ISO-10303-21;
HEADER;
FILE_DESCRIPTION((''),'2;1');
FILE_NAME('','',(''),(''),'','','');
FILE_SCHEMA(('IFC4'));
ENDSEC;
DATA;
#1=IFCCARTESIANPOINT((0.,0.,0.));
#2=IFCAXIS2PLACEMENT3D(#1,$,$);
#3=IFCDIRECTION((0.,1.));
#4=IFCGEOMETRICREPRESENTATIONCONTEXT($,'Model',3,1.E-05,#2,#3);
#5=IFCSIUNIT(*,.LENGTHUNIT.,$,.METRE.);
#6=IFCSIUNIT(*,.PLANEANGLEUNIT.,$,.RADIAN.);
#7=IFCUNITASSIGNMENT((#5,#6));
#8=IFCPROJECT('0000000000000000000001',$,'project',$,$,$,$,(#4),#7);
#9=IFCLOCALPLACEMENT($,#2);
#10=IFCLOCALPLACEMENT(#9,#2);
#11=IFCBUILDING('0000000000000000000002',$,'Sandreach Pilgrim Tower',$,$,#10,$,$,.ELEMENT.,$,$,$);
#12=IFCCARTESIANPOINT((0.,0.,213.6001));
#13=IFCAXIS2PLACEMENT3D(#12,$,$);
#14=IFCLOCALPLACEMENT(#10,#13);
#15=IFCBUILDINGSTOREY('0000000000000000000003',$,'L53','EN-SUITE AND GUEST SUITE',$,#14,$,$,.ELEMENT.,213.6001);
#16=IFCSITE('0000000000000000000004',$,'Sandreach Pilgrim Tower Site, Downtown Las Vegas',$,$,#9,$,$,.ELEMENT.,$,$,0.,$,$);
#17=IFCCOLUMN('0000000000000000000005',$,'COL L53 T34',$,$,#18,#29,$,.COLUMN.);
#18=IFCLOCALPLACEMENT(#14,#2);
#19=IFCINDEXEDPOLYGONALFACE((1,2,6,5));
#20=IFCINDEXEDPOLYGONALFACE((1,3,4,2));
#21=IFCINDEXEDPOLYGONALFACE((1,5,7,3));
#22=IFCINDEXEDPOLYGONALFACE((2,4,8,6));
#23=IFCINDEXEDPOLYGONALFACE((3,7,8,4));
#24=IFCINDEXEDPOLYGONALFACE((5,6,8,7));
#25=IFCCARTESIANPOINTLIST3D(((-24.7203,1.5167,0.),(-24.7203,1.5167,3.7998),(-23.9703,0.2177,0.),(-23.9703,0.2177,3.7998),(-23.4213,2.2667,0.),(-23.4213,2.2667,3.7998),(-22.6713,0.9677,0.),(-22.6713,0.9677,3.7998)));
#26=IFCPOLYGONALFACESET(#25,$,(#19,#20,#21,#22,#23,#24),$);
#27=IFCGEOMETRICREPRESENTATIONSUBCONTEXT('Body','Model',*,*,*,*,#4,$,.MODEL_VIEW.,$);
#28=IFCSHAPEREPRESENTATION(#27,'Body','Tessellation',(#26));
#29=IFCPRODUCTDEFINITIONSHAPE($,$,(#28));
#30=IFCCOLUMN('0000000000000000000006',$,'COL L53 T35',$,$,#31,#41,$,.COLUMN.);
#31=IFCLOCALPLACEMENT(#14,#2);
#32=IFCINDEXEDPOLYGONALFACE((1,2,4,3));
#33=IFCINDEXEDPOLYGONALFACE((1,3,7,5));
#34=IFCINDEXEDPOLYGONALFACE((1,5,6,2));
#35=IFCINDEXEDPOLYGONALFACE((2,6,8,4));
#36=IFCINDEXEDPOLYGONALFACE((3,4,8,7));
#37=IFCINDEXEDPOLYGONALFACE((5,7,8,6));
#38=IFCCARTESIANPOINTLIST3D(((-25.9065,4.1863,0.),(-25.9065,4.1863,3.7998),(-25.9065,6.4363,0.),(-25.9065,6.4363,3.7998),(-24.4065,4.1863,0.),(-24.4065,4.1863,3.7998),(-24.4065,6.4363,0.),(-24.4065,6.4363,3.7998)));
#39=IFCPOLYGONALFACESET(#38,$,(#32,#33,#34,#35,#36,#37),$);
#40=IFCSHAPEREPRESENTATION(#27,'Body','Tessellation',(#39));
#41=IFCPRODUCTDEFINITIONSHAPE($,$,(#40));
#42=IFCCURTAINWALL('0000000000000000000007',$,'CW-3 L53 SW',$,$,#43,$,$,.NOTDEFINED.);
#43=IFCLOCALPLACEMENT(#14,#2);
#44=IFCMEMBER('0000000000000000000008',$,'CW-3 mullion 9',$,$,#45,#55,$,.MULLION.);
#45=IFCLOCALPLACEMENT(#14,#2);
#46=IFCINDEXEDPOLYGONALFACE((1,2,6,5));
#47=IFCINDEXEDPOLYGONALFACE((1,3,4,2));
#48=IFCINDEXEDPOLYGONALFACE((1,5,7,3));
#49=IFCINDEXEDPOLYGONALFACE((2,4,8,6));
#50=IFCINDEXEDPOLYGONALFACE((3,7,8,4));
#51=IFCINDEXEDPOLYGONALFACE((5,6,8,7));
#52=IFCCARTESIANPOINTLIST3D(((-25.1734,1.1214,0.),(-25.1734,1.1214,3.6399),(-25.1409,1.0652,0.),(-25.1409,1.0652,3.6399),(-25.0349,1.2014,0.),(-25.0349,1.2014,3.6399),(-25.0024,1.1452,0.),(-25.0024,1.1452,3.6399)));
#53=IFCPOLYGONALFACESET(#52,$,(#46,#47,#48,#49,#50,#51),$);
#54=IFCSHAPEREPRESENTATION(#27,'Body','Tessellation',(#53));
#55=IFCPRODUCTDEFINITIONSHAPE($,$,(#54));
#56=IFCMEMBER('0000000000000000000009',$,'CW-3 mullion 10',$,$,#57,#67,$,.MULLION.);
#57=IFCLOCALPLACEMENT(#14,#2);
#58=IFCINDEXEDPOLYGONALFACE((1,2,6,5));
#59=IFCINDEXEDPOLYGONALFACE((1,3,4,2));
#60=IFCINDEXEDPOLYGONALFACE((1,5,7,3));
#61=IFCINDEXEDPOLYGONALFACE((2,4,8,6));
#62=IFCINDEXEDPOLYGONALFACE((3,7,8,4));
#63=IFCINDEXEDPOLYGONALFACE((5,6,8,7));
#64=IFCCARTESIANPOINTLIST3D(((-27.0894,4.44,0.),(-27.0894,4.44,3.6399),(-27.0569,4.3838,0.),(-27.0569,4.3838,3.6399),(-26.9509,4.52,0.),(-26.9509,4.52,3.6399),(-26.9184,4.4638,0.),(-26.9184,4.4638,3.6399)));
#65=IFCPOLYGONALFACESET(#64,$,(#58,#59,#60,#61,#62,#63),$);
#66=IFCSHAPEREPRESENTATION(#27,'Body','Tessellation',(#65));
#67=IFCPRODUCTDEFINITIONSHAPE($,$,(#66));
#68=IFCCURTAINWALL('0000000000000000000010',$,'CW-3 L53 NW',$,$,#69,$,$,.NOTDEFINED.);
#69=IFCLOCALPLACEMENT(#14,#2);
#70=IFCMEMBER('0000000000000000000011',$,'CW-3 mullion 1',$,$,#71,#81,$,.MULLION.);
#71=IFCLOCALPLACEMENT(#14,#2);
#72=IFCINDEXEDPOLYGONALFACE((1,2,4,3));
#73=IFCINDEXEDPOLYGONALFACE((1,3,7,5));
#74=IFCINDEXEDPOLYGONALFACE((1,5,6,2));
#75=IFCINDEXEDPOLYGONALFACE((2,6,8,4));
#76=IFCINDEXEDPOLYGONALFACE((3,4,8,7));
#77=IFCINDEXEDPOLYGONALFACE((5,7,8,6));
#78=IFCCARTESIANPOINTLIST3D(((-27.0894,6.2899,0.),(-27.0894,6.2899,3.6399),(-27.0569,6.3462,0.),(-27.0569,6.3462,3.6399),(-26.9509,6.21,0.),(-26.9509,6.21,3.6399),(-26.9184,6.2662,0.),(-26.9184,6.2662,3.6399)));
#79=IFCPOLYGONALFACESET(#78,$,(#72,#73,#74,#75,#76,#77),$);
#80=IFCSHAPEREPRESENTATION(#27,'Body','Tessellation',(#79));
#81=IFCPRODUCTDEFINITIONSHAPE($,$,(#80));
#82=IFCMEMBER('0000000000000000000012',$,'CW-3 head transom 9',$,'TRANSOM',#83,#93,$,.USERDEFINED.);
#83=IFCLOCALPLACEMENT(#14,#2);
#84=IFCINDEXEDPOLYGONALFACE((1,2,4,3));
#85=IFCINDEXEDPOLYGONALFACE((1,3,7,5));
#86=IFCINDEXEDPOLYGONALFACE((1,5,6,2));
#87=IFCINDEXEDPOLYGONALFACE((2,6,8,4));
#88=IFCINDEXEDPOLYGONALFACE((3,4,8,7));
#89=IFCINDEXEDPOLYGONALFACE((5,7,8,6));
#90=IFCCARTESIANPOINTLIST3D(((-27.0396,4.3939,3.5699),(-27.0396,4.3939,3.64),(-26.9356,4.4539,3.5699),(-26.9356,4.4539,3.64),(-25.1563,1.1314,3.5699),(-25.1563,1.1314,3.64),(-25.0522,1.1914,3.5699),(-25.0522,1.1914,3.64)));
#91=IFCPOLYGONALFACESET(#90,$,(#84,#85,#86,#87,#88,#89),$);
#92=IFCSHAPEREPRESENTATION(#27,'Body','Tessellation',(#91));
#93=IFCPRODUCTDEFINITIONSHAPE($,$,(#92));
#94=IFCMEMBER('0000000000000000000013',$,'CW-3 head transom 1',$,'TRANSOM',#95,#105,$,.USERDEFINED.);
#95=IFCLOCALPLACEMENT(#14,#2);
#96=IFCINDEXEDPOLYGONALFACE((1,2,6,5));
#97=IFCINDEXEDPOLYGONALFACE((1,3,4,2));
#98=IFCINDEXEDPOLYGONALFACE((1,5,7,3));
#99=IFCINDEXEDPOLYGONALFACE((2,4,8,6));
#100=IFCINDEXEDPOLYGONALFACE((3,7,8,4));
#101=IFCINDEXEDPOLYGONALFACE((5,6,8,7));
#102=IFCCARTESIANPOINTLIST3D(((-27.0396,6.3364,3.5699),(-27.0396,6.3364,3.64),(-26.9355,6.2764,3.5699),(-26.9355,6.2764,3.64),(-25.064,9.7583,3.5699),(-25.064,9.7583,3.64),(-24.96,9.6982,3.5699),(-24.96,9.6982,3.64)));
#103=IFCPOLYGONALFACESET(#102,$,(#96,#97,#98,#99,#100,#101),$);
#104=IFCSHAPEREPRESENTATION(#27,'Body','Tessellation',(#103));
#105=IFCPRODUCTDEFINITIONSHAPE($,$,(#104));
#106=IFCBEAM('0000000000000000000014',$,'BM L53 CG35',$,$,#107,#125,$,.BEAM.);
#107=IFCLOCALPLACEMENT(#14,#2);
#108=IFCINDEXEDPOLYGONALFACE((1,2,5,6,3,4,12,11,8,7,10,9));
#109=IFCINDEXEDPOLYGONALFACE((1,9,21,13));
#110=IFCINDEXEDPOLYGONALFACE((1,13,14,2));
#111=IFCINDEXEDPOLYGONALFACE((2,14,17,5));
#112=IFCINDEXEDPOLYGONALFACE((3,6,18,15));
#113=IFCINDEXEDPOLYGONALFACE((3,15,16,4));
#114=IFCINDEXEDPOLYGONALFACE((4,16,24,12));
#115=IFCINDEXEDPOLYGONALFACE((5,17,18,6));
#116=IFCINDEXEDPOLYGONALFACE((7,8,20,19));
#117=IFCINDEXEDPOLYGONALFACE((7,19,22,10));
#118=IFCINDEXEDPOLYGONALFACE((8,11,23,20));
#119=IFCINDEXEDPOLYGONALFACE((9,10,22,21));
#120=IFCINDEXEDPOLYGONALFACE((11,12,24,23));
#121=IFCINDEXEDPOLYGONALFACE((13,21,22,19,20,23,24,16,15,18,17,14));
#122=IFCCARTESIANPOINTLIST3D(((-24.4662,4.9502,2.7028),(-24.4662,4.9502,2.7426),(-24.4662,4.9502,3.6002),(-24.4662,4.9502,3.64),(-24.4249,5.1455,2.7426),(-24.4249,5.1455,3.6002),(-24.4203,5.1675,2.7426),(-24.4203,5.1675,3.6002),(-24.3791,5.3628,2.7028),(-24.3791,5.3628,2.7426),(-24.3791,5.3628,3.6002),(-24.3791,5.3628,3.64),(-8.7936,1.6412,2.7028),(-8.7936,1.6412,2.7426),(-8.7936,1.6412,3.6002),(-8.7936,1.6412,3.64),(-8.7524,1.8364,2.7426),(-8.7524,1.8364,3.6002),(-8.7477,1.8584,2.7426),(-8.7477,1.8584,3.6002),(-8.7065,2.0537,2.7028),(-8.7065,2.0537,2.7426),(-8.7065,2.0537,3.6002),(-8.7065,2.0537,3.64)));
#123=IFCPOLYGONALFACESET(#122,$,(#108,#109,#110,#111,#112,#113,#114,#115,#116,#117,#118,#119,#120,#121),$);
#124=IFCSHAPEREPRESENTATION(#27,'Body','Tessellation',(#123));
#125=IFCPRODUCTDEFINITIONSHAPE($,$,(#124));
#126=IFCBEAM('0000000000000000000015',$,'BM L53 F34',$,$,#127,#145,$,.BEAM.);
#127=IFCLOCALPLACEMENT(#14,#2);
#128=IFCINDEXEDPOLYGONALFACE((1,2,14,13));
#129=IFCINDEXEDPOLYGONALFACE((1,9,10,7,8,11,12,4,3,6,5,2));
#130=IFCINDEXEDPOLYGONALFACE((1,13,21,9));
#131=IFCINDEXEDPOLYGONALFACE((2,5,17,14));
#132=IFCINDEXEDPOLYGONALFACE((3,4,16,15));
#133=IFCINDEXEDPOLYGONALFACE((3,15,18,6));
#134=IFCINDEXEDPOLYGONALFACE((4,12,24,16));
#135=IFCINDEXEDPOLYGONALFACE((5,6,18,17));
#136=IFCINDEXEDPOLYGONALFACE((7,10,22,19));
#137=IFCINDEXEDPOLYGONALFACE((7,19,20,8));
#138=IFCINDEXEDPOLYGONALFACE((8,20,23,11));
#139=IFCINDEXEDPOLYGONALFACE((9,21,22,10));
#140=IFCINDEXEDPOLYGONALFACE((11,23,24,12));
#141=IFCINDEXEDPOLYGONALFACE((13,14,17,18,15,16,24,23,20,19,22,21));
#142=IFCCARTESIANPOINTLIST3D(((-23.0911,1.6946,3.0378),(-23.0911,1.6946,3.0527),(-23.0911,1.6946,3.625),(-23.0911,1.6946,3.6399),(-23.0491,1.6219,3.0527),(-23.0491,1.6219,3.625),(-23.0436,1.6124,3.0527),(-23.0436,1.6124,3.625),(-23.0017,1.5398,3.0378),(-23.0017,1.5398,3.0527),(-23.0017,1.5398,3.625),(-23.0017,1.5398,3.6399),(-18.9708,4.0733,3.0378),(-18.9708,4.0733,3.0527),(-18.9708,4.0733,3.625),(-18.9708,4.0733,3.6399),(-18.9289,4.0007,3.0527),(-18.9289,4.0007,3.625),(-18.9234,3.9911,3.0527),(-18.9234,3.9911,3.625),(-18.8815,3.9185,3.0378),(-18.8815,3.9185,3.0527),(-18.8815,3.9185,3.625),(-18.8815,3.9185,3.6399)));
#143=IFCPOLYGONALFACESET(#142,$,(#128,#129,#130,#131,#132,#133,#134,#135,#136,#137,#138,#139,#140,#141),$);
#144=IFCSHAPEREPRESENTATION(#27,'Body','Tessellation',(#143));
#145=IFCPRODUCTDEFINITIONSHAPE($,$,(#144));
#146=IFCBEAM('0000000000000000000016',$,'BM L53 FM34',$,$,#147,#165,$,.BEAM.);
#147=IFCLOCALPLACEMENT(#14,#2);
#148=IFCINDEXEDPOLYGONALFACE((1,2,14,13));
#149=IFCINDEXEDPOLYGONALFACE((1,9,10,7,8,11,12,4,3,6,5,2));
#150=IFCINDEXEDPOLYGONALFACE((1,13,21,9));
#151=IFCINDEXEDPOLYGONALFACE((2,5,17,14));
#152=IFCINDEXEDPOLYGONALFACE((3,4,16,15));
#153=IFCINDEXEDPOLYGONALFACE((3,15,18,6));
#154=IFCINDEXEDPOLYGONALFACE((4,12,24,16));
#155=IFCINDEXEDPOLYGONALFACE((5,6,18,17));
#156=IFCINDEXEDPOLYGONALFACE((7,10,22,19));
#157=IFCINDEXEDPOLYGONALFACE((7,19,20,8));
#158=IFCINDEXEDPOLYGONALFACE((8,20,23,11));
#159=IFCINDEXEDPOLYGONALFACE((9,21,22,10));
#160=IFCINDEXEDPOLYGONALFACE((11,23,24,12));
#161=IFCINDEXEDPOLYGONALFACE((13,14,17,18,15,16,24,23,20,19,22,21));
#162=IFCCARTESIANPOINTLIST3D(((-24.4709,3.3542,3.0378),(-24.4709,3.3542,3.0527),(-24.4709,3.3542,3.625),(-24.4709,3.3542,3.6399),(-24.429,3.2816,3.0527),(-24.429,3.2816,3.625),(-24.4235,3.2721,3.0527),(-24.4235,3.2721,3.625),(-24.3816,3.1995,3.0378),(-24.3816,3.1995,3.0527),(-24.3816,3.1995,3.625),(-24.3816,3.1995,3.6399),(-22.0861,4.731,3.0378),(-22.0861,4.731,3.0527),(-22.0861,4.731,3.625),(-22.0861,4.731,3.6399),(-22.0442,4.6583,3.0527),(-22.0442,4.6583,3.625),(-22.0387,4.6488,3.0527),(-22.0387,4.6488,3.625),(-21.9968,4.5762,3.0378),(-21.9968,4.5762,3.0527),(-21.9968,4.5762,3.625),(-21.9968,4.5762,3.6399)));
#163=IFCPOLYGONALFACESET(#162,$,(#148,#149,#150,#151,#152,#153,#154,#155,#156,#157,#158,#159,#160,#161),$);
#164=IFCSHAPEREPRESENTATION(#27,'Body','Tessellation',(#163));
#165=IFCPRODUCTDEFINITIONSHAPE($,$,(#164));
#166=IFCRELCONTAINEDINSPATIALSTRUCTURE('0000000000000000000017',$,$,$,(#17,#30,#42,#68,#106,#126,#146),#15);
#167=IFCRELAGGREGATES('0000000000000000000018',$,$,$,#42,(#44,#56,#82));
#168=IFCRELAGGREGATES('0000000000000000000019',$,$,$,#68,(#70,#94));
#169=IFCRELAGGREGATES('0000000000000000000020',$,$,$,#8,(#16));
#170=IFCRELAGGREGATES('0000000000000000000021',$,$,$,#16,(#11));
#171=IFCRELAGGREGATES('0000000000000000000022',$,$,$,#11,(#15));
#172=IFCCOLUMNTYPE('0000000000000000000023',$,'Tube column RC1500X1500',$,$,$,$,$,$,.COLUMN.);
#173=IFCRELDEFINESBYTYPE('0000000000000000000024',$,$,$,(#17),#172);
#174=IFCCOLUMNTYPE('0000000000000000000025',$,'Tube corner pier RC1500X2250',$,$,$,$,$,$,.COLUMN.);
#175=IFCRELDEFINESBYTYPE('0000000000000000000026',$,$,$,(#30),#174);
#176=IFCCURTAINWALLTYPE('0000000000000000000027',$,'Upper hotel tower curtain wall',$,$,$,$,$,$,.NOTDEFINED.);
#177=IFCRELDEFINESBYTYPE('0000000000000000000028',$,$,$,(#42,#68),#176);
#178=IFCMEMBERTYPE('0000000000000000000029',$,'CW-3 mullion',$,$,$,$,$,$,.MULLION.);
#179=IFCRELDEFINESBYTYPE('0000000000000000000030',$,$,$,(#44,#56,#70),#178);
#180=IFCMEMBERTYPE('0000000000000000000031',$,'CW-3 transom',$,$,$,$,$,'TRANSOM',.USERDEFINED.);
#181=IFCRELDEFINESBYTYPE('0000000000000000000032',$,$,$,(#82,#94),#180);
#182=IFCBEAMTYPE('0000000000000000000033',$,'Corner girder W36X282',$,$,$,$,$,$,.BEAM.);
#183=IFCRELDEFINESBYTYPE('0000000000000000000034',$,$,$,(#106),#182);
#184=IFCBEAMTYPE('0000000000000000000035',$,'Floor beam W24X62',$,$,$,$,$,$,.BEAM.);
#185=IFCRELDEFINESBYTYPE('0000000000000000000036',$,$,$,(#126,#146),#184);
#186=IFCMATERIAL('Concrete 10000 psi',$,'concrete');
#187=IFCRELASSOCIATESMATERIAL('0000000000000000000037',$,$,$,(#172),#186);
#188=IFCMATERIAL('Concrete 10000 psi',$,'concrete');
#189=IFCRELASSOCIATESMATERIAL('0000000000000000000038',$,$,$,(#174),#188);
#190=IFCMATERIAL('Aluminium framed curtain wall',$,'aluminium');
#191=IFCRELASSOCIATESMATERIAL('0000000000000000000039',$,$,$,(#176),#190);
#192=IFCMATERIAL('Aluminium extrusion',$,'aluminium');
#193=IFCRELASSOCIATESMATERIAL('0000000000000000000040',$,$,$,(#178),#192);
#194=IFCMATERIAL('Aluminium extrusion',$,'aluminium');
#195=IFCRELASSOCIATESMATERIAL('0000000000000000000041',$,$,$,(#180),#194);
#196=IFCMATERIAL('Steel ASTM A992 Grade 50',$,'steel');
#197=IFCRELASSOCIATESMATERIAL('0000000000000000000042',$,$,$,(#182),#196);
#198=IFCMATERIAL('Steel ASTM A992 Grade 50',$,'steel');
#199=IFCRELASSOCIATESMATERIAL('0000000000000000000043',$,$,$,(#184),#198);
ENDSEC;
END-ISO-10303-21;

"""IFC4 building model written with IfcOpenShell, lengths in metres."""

from ifc_helpers import new_model, si_unit, direction, frame, origin, origin_2d, place, context, subcontext, project, spatial, rectangle, i_section, extrude, material, material_profile, profile_set, type_object, element, aggregate, save


model = new_model("IFC4")

# Units and contexts
model_context = context("Model", 3, precision=1e-05, world=origin(), true_north=direction((0.0, 1.0)))
body_context = subcontext(model_context, "Body", "Model", "MODEL_VIEW")
ifc_project = project(units=[si_unit("LENGTHUNIT", "METRE"), si_unit("PLANEANGLEUNIT", "RADIAN")], contexts=[model_context])

# Site, building, storey
site_placement = place(None, origin())
site = spatial("IfcSite", under=ifc_project, at=site_placement, Name="Sandreach Pilgrim Tower Site, Downtown Las Vegas", CompositionType="ELEMENT", RefElevation=0.0)
building_placement = place(site_placement, origin())
building = spatial("IfcBuilding", under=site, at=building_placement, Name="Sandreach Pilgrim Tower", CompositionType="ELEMENT")
storey_placement = place(building_placement, frame((0.0, 0.0, 213.6001)))
storey = spatial("IfcBuildingStorey", under=building, at=storey_placement, Name="L53", Description="EN-SUITE AND GUEST SUITE", CompositionType="ELEMENT", Elevation=213.6001)

# Columns
ifc_material_1 = material(Name="Concrete 10000 psi", Category="concrete")
ifc_material_profile_1 = material_profile(ifc_material_1, rectangle(XDim=1.5, YDim=1.5, at=origin_2d()), Name="RC1500X1500")
ifc_profile_set_1 = profile_set([ifc_material_profile_1], Name="Concrete 10000 psi")
column_type_1 = type_object("IfcColumnType", Name="Tube column RC1500X1500", PredefinedType="COLUMN", material=ifc_profile_set_1)
column_1_placement = place(storey_placement, frame((-23.6958, 1.2422, 0.0), z_axis=(0.0, 0.0, 1.0), x_axis=(-0.866025, -0.5, 0.0)))
element("IfcColumn", 1, at=column_1_placement, inside=storey, type_object=column_type_1, Name="COL L53 T34", PredefinedType="COLUMN", context=body_context, shape_type="SweptSolid", body=[
    extrude(rectangle(XDim=1.5, YDim=1.5, at=origin_2d()), origin(), (0.0, 0.0, 1.0), 3.7998),
])
ifc_material_2 = material(Name="Concrete 10000 psi", Category="concrete")
ifc_material_profile_2 = material_profile(ifc_material_2, rectangle(XDim=1.5, YDim=2.25, at=origin_2d()), Name="RC1500X2250")
ifc_profile_set_2 = profile_set([ifc_material_profile_2], Name="Concrete 10000 psi")
column_type_2 = type_object("IfcColumnType", Name="Tube corner pier RC1500X2250", PredefinedType="COLUMN", material=ifc_profile_set_2)
column_2_placement = place(storey_placement, frame((-25.1565, 5.3113, 0.0), z_axis=(0.0, 0.0, 1.0), x_axis=(-1.0, 0.0, 0.0)))
element("IfcColumn", 2, at=column_2_placement, inside=storey, type_object=column_type_2, Name="COL L53 T35", PredefinedType="COLUMN", context=body_context, shape_type="SweptSolid", body=[
    extrude(rectangle(XDim=1.5, YDim=2.25, at=origin_2d()), origin(), (0.0, 0.0, 1.0), 3.7998),
])

# Curtain wall, members
ifc_material_3 = material(Name="Aluminium framed curtain wall", Category="aluminium")
curtain_wall_type = type_object("IfcCurtainWallType", Name="Upper hotel tower curtain wall", PredefinedType="NOTDEFINED", material=ifc_material_3)
curtain_wall_1_placement = place(storey_placement, origin())
curtain_wall_1 = element("IfcCurtainWall", 3, at=curtain_wall_1_placement, inside=storey, type_object=curtain_wall_type, Name="CW-3 L53 SW", PredefinedType="NOTDEFINED")
ifc_material_4 = material(Name="Aluminium extrusion", Category="aluminium")
ifc_material_profile_3 = material_profile(ifc_material_4, rectangle(XDim=0.0649, YDim=0.1599, at=origin_2d()), Name="CW-3M 65X160")
ifc_profile_set_3 = profile_set([ifc_material_profile_3], Name="Aluminium extrusion")
member_type_1 = type_object("IfcMemberType", Name="CW-3 mullion", PredefinedType="MULLION", material=ifc_profile_set_3)
member_1_placement = place(storey_placement, frame((-25.0879, 1.1333, 0.0), z_axis=(0.0, 0.0, 1.0), x_axis=(-0.5, 0.866025, 0.0)))
member_1 = element("IfcMember", 4, at=member_1_placement, type_object=member_type_1, Name="CW-3 mullion 9", PredefinedType="MULLION", context=body_context, shape_type="SweptSolid", body=[
    extrude(rectangle(XDim=0.0649, YDim=0.1599, at=origin_2d()), origin(), (0.0, 0.0, 1.0), 3.6399),
])
member_2_placement = place(storey_placement, frame((-27.0039, 4.4519, 0.0), z_axis=(0.0, 0.0, 1.0), x_axis=(-0.5, 0.866025, 0.0)))
member_2 = element("IfcMember", 5, at=member_2_placement, type_object=member_type_1, Name="CW-3 mullion 10", PredefinedType="MULLION", context=body_context, shape_type="SweptSolid", body=[
    extrude(rectangle(XDim=0.0649, YDim=0.1599, at=origin_2d()), origin(), (0.0, 0.0, 1.0), 3.6399),
])

# Curtain wall, member
curtain_wall_2_placement = place(storey_placement, origin())
curtain_wall_2 = element("IfcCurtainWall", 6, at=curtain_wall_2_placement, inside=storey, type_object=curtain_wall_type, Name="CW-3 L53 NW", PredefinedType="NOTDEFINED")
member_3_placement = place(storey_placement, frame((-27.0039, 6.2781, 0.0), z_axis=(0.0, 0.0, 1.0), x_axis=(0.5, 0.866025, 0.0)))
member_3 = element("IfcMember", 7, at=member_3_placement, type_object=member_type_1, Name="CW-3 mullion 1", PredefinedType="MULLION", context=body_context, shape_type="SweptSolid", body=[
    extrude(rectangle(XDim=0.0649, YDim=0.1599, at=origin_2d()), origin(), (0.0, 0.0, 1.0), 3.6399),
])

# Members
ifc_material_5 = material(Name="Aluminium extrusion", Category="aluminium")
ifc_material_profile_4 = material_profile(ifc_material_5, rectangle(XDim=0.1201, YDim=0.0701, at=origin_2d()), Name="CW-3T 120X70")
ifc_profile_set_4 = profile_set([ifc_material_profile_4], Name="Aluminium extrusion")
member_type_2 = type_object("IfcMemberType", Name="CW-3 transom", ElementType="TRANSOM", PredefinedType="USERDEFINED", material=ifc_profile_set_4)
member_4_placement = place(storey_placement, frame((-25.1042, 1.1614, 3.605), z_axis=(-0.499945, 0.866057, 0.0), x_axis=(-0.866057, -0.499945, 0.0)))
member_4 = element("IfcMember", 8, at=member_4_placement, type_object=member_type_2, Name="CW-3 head transom 9", ObjectType="TRANSOM", PredefinedType="USERDEFINED", context=body_context, shape_type="SweptSolid", body=[
    extrude(rectangle(XDim=0.1201, YDim=0.0701, at=origin_2d()), origin(), (0.0, 0.0, 1.0), 3.7671),
])
member_5_placement = place(storey_placement, frame((-26.9875, 6.3064, 3.605), z_axis=(0.499993, 0.866029, 0.0), x_axis=(-0.866029, 0.499993, 0.0)))
member_5 = element("IfcMember", 9, at=member_5_placement, type_object=member_type_2, Name="CW-3 head transom 1", ObjectType="TRANSOM", PredefinedType="USERDEFINED", context=body_context, shape_type="SweptSolid", body=[
    extrude(rectangle(XDim=0.1201, YDim=0.0701, at=origin_2d()), origin(), (0.0, 0.0, 1.0), 3.9512),
])

# Beams
ifc_material_6 = material(Name="Steel ASTM A992 Grade 50", Category="steel")
ifc_material_profile_5 = material_profile(ifc_material_6, i_section(OverallWidth=0.4216, OverallDepth=0.9373, WebThickness=0.0225, FlangeThickness=0.0398, at=origin_2d()), Name="W36X282")
ifc_profile_set_5 = profile_set([ifc_material_profile_5], Name="Steel ASTM A992 Grade 50")
beam_type_1 = type_object("IfcBeamType", Name="Corner girder W36X282", PredefinedType="BEAM", material=ifc_profile_set_5)
beam_1_placement = place(storey_placement, frame((-24.4226, 5.1565, 3.1714), z_axis=(0.978429, -0.206583, 0.0), x_axis=(0.206583, 0.978429, 0.0)))
element("IfcBeam", 10, at=beam_1_placement, inside=storey, type_object=beam_type_1, Name="BM L53 CG35", PredefinedType="BEAM", context=body_context, shape_type="SweptSolid", body=[
    extrude(i_section(OverallWidth=0.4216, OverallDepth=0.9373, WebThickness=0.0225, FlangeThickness=0.0398, at=origin_2d()), origin(), (0.0, 0.0, 1.0), 16.0181),
])
ifc_material_7 = material(Name="Steel ASTM A992 Grade 50", Category="steel")
ifc_material_profile_6 = material_profile(ifc_material_7, i_section(OverallWidth=0.1787, OverallDepth=0.6021, WebThickness=0.011, FlangeThickness=0.0149, at=origin_2d()), Name="W24X62")
ifc_profile_set_6 = profile_set([ifc_material_profile_6], Name="Steel ASTM A992 Grade 50")
beam_type_2 = type_object("IfcBeamType", Name="Floor beam W24X62", PredefinedType="BEAM", material=ifc_profile_set_6)
beam_2_placement = place(storey_placement, frame((-23.0464, 1.6172, 3.3389), z_axis=(0.866033, 0.499986, 0.0), x_axis=(-0.499986, 0.866033, 0.0)))
element("IfcBeam", 11, at=beam_2_placement, inside=storey, type_object=beam_type_2, Name="BM L53 F34", PredefinedType="BEAM", context=body_context, shape_type="SweptSolid", body=[
    extrude(i_section(OverallWidth=0.1787, OverallDepth=0.6021, WebThickness=0.011, FlangeThickness=0.0149, at=origin_2d()), origin(), (0.0, 0.0, 1.0), 4.7576),
])
beam_3_placement = place(storey_placement, frame((-24.4263, 3.2769, 3.3389), z_axis=(0.866047, 0.499963, 0.0), x_axis=(-0.499963, 0.866047, 0.0)))
element("IfcBeam", 12, at=beam_3_placement, inside=storey, type_object=beam_type_2, Name="BM L53 FM34", PredefinedType="BEAM", context=body_context, shape_type="SweptSolid", body=[
    extrude(i_section(OverallWidth=0.1787, OverallDepth=0.6021, WebThickness=0.011, FlangeThickness=0.0149, at=origin_2d()), origin(), (0.0, 0.0, 1.0), 2.7537),
])

aggregate(curtain_wall_1, [member_1, member_2, member_4])
aggregate(curtain_wall_2, [member_3, member_5])

save(model, "model.ifc")
